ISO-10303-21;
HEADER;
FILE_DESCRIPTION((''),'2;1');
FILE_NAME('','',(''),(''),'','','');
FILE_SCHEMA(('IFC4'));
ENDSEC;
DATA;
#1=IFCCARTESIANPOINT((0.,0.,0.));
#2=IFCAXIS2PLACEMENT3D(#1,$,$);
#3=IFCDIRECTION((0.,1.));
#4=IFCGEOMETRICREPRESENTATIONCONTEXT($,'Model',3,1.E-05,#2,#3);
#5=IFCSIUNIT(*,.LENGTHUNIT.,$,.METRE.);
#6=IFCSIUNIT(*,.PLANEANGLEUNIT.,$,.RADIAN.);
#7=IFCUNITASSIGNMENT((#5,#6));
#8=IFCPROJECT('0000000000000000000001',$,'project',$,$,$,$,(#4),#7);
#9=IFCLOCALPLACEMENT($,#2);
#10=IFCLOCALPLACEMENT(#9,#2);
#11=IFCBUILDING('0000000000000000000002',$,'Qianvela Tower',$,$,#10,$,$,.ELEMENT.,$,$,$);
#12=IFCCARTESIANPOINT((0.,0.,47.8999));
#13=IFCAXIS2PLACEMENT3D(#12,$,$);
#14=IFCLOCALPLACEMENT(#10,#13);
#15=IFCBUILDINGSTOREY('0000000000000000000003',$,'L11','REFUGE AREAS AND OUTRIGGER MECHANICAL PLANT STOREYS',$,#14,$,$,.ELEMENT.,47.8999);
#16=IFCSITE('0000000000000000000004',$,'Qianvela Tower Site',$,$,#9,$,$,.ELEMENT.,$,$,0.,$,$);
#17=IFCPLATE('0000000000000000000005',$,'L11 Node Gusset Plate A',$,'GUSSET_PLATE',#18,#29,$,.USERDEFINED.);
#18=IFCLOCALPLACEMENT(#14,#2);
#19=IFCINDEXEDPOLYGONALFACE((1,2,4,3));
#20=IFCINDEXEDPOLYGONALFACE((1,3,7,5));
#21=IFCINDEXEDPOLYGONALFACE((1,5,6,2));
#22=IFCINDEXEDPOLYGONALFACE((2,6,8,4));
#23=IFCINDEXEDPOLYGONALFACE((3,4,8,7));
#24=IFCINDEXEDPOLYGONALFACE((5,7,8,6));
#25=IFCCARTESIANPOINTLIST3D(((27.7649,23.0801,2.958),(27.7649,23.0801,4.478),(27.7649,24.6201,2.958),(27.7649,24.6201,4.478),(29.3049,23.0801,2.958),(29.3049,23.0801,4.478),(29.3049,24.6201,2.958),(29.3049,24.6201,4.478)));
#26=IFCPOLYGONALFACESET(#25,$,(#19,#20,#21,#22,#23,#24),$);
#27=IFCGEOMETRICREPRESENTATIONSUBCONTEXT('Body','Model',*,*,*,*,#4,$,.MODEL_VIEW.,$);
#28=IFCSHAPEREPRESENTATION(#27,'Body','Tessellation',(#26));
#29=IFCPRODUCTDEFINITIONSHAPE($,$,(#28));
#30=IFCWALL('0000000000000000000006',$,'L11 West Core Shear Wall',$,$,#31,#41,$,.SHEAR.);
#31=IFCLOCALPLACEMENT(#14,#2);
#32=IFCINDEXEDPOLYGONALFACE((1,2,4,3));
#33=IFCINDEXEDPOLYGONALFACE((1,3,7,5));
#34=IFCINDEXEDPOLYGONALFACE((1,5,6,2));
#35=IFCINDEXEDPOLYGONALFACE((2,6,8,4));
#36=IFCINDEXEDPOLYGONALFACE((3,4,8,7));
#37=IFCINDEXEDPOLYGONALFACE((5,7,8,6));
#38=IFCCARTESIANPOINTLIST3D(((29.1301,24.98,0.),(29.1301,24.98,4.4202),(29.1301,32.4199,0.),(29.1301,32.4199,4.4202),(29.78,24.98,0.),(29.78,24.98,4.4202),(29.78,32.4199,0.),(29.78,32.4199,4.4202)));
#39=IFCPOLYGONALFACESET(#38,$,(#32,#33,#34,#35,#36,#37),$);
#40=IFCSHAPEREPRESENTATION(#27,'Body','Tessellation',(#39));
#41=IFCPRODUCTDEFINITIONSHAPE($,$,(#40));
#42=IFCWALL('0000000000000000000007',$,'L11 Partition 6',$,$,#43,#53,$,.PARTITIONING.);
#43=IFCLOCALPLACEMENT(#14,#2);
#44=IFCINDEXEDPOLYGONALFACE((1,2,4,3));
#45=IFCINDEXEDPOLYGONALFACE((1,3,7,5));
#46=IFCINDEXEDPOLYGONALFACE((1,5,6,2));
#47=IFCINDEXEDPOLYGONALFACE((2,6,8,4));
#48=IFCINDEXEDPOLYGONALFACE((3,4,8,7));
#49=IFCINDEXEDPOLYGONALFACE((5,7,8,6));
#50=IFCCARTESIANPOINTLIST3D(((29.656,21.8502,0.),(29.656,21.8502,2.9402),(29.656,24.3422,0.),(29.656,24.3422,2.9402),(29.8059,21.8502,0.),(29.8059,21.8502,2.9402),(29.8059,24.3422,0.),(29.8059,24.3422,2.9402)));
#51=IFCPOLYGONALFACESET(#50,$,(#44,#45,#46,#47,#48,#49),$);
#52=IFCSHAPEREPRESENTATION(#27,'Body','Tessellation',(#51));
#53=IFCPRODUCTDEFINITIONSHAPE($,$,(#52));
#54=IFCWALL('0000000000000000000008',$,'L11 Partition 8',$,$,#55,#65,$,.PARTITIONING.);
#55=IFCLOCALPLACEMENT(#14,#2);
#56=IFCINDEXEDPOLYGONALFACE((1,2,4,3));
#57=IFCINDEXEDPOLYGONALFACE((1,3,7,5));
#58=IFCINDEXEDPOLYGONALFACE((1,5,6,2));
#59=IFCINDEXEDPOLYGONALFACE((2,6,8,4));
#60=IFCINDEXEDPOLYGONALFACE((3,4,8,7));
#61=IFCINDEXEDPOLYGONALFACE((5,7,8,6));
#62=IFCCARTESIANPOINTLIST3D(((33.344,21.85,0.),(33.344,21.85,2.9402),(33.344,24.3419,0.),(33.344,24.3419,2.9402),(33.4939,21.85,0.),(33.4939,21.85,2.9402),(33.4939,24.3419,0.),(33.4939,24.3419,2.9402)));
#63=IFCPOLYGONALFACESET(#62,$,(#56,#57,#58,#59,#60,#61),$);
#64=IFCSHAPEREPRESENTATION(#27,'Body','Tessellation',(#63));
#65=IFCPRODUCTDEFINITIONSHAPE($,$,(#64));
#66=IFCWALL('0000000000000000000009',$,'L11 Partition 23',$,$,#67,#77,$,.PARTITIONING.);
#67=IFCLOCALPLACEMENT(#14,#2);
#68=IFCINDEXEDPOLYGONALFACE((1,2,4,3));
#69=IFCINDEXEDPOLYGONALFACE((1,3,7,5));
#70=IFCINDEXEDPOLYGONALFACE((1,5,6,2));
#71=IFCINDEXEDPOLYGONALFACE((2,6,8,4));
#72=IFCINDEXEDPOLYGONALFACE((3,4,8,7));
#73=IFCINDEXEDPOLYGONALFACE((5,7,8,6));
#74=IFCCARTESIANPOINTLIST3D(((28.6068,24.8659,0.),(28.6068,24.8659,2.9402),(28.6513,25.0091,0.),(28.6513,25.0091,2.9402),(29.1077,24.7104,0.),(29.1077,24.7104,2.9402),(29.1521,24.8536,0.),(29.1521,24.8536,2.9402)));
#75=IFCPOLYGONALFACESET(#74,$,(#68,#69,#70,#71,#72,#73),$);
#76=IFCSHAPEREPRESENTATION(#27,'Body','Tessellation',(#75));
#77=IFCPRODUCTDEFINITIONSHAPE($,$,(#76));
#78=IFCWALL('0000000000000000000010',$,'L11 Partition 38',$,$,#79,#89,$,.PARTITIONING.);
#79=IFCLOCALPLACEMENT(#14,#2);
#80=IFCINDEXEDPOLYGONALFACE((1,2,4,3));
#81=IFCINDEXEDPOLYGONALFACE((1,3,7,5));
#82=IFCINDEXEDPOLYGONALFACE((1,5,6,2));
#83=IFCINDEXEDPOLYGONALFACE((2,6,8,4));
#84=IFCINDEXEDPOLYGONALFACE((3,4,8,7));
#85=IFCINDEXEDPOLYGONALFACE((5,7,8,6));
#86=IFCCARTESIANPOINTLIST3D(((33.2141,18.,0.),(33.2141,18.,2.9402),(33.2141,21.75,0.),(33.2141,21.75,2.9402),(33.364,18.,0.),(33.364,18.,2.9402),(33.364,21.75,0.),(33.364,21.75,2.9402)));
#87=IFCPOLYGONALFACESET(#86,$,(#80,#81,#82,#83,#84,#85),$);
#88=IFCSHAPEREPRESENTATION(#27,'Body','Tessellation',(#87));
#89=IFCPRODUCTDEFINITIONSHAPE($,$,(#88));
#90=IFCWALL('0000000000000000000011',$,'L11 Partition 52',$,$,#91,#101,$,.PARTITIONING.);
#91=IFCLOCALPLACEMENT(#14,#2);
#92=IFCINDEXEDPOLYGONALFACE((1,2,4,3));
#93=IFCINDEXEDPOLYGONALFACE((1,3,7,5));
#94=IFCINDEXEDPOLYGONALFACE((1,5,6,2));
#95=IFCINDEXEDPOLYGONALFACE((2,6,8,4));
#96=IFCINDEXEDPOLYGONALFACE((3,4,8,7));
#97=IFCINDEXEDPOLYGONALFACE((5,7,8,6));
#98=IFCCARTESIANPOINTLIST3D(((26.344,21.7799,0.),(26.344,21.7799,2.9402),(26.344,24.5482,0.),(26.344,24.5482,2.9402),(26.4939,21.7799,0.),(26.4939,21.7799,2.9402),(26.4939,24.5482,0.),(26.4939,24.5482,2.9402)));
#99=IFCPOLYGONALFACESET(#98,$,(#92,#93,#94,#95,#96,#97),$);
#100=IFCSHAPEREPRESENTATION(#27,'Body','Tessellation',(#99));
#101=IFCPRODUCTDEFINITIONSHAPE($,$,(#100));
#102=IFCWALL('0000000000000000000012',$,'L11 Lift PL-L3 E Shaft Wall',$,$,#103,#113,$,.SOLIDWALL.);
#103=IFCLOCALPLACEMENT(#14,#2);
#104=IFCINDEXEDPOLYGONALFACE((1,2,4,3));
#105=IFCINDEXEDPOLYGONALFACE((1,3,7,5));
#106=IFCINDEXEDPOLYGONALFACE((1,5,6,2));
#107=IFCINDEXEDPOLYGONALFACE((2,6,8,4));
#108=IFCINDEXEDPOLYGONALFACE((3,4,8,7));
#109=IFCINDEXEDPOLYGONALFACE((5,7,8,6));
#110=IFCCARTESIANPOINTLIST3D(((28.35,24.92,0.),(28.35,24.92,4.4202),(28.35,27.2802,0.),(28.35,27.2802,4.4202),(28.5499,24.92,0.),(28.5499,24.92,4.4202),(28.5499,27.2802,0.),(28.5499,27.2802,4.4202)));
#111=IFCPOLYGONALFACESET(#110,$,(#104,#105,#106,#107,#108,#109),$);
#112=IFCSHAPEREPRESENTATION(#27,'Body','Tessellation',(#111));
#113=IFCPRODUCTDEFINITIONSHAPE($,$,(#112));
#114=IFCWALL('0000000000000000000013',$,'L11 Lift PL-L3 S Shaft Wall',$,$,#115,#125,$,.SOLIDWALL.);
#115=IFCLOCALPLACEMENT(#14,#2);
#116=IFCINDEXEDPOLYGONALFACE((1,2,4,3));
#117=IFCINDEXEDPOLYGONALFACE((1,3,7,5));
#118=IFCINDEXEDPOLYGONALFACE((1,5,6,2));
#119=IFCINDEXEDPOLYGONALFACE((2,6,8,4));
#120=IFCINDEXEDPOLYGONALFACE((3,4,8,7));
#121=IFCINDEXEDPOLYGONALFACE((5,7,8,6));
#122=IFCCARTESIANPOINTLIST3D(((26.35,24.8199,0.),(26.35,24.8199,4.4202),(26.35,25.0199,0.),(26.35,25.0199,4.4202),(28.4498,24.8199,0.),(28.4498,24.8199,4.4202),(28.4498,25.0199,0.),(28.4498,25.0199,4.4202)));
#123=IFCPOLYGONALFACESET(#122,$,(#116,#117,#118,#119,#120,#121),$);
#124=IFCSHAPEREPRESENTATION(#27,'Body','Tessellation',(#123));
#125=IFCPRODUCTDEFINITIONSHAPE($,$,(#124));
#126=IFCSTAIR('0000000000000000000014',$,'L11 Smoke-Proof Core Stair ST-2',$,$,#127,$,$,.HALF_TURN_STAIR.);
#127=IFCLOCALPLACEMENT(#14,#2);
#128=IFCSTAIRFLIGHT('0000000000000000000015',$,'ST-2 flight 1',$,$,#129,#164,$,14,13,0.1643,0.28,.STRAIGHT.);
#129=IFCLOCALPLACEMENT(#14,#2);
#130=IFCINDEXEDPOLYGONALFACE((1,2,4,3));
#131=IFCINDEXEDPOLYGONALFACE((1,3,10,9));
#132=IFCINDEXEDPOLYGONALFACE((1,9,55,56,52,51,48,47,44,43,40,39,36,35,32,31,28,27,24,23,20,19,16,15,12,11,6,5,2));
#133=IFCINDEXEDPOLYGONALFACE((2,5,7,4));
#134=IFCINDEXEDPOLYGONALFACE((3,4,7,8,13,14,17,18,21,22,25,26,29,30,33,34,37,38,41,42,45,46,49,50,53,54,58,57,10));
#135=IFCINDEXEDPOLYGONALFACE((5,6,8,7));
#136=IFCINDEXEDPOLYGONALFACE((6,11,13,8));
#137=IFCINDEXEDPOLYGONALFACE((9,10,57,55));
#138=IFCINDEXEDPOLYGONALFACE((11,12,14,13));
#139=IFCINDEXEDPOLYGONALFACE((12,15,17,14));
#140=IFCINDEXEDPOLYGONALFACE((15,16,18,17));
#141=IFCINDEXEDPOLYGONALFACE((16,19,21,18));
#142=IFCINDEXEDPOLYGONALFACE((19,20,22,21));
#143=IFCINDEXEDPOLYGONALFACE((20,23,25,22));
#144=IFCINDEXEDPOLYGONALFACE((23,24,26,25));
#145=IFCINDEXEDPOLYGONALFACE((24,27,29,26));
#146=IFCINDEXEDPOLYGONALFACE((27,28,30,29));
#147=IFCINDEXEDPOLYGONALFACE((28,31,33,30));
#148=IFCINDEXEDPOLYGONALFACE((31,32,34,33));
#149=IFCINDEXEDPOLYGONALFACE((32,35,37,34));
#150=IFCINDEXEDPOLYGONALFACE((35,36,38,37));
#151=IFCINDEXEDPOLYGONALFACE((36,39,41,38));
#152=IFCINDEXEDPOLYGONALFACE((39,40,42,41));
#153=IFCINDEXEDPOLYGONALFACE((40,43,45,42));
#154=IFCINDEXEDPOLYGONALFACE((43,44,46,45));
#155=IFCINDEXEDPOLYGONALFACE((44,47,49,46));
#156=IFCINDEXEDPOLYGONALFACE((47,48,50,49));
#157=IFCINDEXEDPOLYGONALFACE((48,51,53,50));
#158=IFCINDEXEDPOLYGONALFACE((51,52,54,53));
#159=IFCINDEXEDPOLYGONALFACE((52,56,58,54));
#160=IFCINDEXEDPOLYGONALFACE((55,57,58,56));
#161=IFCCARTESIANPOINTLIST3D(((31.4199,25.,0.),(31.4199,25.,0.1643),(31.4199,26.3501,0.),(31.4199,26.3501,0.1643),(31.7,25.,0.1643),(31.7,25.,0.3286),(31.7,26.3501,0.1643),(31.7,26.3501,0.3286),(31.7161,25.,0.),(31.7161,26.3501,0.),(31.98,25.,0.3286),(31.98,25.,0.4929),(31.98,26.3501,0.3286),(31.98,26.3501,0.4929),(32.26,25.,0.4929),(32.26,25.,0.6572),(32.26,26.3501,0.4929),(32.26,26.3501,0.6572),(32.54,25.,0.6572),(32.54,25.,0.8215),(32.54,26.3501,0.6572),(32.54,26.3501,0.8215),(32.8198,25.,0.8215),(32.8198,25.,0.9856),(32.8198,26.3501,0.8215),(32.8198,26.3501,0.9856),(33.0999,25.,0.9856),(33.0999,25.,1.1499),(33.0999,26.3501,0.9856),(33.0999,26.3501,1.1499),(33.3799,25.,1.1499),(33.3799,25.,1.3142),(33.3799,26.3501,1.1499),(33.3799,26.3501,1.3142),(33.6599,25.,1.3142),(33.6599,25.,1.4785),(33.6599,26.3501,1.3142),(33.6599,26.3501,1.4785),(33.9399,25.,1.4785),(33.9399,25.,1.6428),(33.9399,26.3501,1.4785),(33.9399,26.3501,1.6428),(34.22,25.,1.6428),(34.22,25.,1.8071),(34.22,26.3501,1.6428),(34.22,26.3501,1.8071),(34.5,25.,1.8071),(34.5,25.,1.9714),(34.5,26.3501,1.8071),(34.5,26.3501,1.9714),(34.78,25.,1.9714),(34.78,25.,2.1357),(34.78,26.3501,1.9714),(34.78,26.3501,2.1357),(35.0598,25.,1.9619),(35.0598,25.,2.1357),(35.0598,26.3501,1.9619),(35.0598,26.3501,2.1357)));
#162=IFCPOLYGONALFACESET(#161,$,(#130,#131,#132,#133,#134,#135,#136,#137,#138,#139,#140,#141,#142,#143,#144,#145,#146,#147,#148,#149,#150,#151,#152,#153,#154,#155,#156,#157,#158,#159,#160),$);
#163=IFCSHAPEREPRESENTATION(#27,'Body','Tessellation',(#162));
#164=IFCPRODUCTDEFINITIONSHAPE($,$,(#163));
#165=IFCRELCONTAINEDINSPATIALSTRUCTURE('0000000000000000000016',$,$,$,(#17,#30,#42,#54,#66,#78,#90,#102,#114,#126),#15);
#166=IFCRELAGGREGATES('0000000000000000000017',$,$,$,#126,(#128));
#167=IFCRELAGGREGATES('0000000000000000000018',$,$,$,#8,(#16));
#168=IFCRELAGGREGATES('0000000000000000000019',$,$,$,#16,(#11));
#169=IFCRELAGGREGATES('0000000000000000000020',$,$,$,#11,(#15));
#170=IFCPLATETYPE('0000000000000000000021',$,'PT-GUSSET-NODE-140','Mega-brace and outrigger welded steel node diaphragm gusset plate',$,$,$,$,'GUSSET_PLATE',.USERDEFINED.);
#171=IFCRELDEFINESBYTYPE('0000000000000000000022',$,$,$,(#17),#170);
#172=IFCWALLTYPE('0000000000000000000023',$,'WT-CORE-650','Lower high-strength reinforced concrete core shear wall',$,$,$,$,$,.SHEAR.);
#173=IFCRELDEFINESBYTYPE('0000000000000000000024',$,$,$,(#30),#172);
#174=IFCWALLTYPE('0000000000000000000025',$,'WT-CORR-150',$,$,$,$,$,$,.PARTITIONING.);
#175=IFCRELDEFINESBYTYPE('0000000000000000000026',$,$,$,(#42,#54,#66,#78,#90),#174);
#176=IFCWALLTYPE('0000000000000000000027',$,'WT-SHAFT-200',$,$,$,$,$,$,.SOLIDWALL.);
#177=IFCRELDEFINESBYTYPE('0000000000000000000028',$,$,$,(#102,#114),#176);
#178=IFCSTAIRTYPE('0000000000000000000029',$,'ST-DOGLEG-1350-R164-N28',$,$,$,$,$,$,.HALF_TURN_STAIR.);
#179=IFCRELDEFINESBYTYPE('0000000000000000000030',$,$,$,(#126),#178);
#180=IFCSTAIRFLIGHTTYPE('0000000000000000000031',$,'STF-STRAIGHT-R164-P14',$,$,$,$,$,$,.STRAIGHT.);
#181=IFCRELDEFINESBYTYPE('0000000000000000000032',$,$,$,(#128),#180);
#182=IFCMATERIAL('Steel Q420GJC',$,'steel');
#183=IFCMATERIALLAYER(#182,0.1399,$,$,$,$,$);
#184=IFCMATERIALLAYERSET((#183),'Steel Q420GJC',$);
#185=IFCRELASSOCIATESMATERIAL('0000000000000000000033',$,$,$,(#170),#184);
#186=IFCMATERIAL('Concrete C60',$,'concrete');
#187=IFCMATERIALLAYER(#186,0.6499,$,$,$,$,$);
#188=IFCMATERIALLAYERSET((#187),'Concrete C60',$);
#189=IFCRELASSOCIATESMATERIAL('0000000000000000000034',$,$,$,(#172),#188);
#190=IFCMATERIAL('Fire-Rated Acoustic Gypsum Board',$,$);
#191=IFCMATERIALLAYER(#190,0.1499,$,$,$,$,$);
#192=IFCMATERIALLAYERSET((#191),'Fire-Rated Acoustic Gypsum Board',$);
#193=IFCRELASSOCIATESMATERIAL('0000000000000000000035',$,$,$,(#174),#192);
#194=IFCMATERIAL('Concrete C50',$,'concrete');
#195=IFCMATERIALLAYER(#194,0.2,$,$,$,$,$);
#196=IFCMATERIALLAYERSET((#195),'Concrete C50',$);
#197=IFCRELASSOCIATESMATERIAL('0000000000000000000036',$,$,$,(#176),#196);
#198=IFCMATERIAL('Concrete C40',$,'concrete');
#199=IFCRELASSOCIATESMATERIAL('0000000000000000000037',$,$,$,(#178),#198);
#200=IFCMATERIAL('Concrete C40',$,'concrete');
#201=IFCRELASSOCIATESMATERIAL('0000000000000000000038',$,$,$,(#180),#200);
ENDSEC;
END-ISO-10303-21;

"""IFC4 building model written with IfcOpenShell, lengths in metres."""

from ifc_helpers import new_model, si_unit, direction, frame, frame_2d, origin, origin_2d, place, context, subcontext, project, spatial, polyline, rectangle, outline, extrude, material, layer, layer_set, type_object, element, aggregate, save


model = new_model("IFC4")

# Units and contexts
model_context = context("Model", 3, precision=1e-05, world=origin(), true_north=direction((0.0, 1.0)))
body_context = subcontext(model_context, "Body", "Model", "MODEL_VIEW")
ifc_project = project(units=[si_unit("LENGTHUNIT", "METRE"), si_unit("PLANEANGLEUNIT", "RADIAN")], contexts=[model_context])

# Site, building, storey
site_placement = place(None, origin())
site = spatial("IfcSite", under=ifc_project, at=site_placement, Name="Qianvela Tower Site", CompositionType="ELEMENT", RefElevation=0.0)
building_placement = place(site_placement, origin())
building = spatial("IfcBuilding", under=site, at=building_placement, Name="Qianvela Tower", CompositionType="ELEMENT")
storey_placement = place(building_placement, frame((0.0, 0.0, 47.8999)))
storey = spatial("IfcBuildingStorey", under=building, at=storey_placement, Name="L11", Description="REFUGE AREAS AND OUTRIGGER MECHANICAL PLANT STOREYS", CompositionType="ELEMENT", Elevation=47.8999)

# Plate
ifc_material_1 = material(Name="Steel Q420GJC", Category="steel")
ifc_layer_1 = layer(ifc_material_1, 0.1399)
ifc_layer_set_1 = layer_set([ifc_layer_1], Name="Steel Q420GJC")
plate_type = type_object("IfcPlateType", Name="PT-GUSSET-NODE-140", Description="Mega-brace and outrigger welded steel node diaphragm gusset plate", ElementType="GUSSET_PLATE", PredefinedType="USERDEFINED", material=ifc_layer_set_1)
plate_placement = place(storey_placement, frame((28.5349, 23.8501, 2.958), z_axis=(0.0, 0.0, 1.0), x_axis=(1.0, 0.0, 0.0)))
element("IfcPlate", 1, at=plate_placement, inside=storey, type_object=plate_type, Name="L11 Node Gusset Plate A", ObjectType="GUSSET_PLATE", PredefinedType="USERDEFINED", context=body_context, shape_type="SweptSolid", body=[
    extrude(rectangle(XDim=1.54, YDim=1.54, at=origin_2d()), origin(), (0.0, 0.0, 1.0), 1.52),
])

# Shared definitions
ifc_material_2 = material(Name="Concrete C60", Category="concrete")
ifc_layer_2 = layer(ifc_material_2, 0.6499)
ifc_layer_set_2 = layer_set([ifc_layer_2], Name="Concrete C60")
wall_type_1 = type_object("IfcWallType", Name="WT-CORE-650", Description="Lower high-strength reinforced concrete core shear wall", PredefinedType="SHEAR", material=ifc_layer_set_2)

# Wall
wall_1_placement = place(storey_placement, frame((29.4551, 24.98, 0.0), z_axis=(0.0, 0.0, 1.0), x_axis=(0.0, 1.0, 0.0)))
element("IfcWall", 2, at=wall_1_placement, inside=storey, type_object=wall_type_1, Name="L11 West Core Shear Wall", PredefinedType="SHEAR", context=body_context, shape_type="SweptSolid", body=[
    extrude(rectangle(XDim=7.4399, YDim=0.6499, at=frame_2d((3.72, 0.0))), origin(), (0.0, 0.0, 1.0), 4.4202),
])

# Shared definitions
ifc_material_3 = material(Name="Fire-Rated Acoustic Gypsum Board")
ifc_layer_3 = layer(ifc_material_3, 0.1499)
ifc_layer_set_3 = layer_set([ifc_layer_3], Name="Fire-Rated Acoustic Gypsum Board")
wall_type_2 = type_object("IfcWallType", Name="WT-CORR-150", PredefinedType="PARTITIONING", material=ifc_layer_set_3)

# Walls
for number, where, z_axis, x_axis, name in (
    (3, (29.731, 21.8501, 0.0), (0.0, 0.0, 1.0), (0.0, 1.0, 0.0), "L11 Partition 6"),
    (4, (33.4189, 24.342, 0.0), (0.0, 0.0, 1.0), (0.0, -1.0, 0.0), "L11 Partition 8"),
):
    element("IfcWall", number, at=place(storey_placement, frame(where, z_axis=z_axis, x_axis=x_axis)), inside=storey, type_object=wall_type_2, Name=name, PredefinedType="PARTITIONING", context=body_context, shape_type="SweptSolid", body=[
        extrude(rectangle(XDim=2.4919, YDim=0.1499, at=frame_2d((1.2461, 0.0))), origin(), (0.0, 0.0, 1.0), 2.9402),
    ])
wall_2_placement = place(storey_placement, frame((29.1299, 24.782, 0.0), z_axis=(0.0, 0.0, 1.0), x_axis=(-0.955, 0.296604, 0.0)))
element("IfcWall", 5, at=wall_2_placement, inside=storey, type_object=wall_type_2, Name="L11 Partition 23", PredefinedType="PARTITIONING", context=body_context, shape_type="SweptSolid", body=[
    extrude(rectangle(XDim=0.5244, YDim=0.1499, at=frame_2d((0.2622, 0.0))), origin(), (0.0, 0.0, 1.0), 2.9402),
])
wall_3_placement = place(storey_placement, frame((33.2891, 21.75, 0.0), z_axis=(0.0, 0.0, 1.0), x_axis=(0.0, -1.0, 0.0)))
element("IfcWall", 6, at=wall_3_placement, inside=storey, type_object=wall_type_2, Name="L11 Partition 38", PredefinedType="PARTITIONING", context=body_context, shape_type="SweptSolid", body=[
    extrude(rectangle(XDim=3.75, YDim=0.1499, at=frame_2d((1.875, 0.0))), origin(), (0.0, 0.0, 1.0), 2.9402),
])
wall_4_placement = place(storey_placement, frame((26.4189, 24.5483, 0.0), z_axis=(0.0, 0.0, 1.0), x_axis=(0.0, -1.0, 0.0)))
element("IfcWall", 7, at=wall_4_placement, inside=storey, type_object=wall_type_2, Name="L11 Partition 52", PredefinedType="PARTITIONING", context=body_context, shape_type="SweptSolid", body=[
    extrude(rectangle(XDim=2.7683, YDim=0.1499, at=frame_2d((1.3843, 0.0))), origin(), (0.0, 0.0, 1.0), 2.9402),
])
ifc_material_4 = material(Name="Concrete C50", Category="concrete")
ifc_layer_4 = layer(ifc_material_4, 0.2)
ifc_layer_set_4 = layer_set([ifc_layer_4], Name="Concrete C50")
wall_type_3 = type_object("IfcWallType", Name="WT-SHAFT-200", PredefinedType="SOLIDWALL", material=ifc_layer_set_4)
wall_5_placement = place(storey_placement, frame((28.45, 24.9199, 0.0), z_axis=(0.0, 0.0, 1.0), x_axis=(0.0, 1.0, 0.0)))
element("IfcWall", 8, at=wall_5_placement, inside=storey, type_object=wall_type_3, Name="L11 Lift PL-L3 E Shaft Wall", PredefinedType="SOLIDWALL", context=body_context, shape_type="SweptSolid", body=[
    extrude(rectangle(XDim=2.3601, YDim=0.2, at=frame_2d((1.1802, 0.0))), origin(), (0.0, 0.0, 1.0), 4.4202),
])

# Wall
wall_6_placement = place(storey_placement, frame((26.3501, 24.9199, 0.0), z_axis=(0.0, 0.0, 1.0), x_axis=(1.0, 0.0, 0.0)))
element("IfcWall", 9, at=wall_6_placement, inside=storey, type_object=wall_type_3, Name="L11 Lift PL-L3 S Shaft Wall", PredefinedType="SOLIDWALL", context=body_context, shape_type="SweptSolid", body=[
    extrude(rectangle(XDim=2.0999, YDim=0.2, at=frame_2d((1.0498, 0.0))), origin(), (0.0, 0.0, 1.0), 4.4202),
])

# Stair, stair flight
ifc_material_5 = material(Name="Concrete C40", Category="concrete")
stair_type = type_object("IfcStairType", Name="ST-DOGLEG-1350-R164-N28", PredefinedType="HALF_TURN_STAIR", material=ifc_material_5)
stair_placement = place(storey_placement, origin())
stair = element("IfcStair", 10, at=stair_placement, inside=storey, type_object=stair_type, Name="L11 Smoke-Proof Core Stair ST-2", PredefinedType="HALF_TURN_STAIR")
ifc_material_6 = material(Name="Concrete C40", Category="concrete")
stair_flight_type = type_object("IfcStairFlightType", Name="STF-STRAIGHT-R164-P14", PredefinedType="STRAIGHT", material=ifc_material_6)
stair_flight_placement = place(storey_placement, frame((31.4199, 25.675, 0.0), z_axis=(0.0, 0.0, 1.0), x_axis=(1.0, 0.0, 0.0)))
stair_flight = element("IfcStairFlight", 11, at=stair_flight_placement, type_object=stair_flight_type, Name="ST-2 flight 1", NumberOfRisers=14, NumberOfTreads=13, PredefinedType="STRAIGHT", RiserHeight=0.1643, TreadLength=0.28, context=body_context, shape_type="SweptSolid", body=[
    extrude(outline(polyline([(0.0, 0.0), (0.0, 0.1643), (0.28, 0.1643), (0.28, 0.3286), (0.5601, 0.3286), (0.5601, 0.4929), (0.8401, 0.4929), (0.8401, 0.6572), (1.1201, 0.6572), (1.1201, 0.8215), (1.3999, 0.8215), (1.3999, 0.9856), (1.6799, 0.9856), (1.6799, 1.1499), (1.96, 1.1499), (1.96, 1.3142), (2.24, 1.3142), (2.24, 1.4785), (2.52, 1.4785), (2.52, 1.6428), (2.8, 1.6428), (2.8, 1.8071), (3.0801, 1.8071), (3.0801, 1.9714), (3.3601, 1.9714), (3.3601, 2.1357), (3.6399, 2.1357), (3.6399, 2.3), (3.6399, 1.9619), (0.2961, 0.0), (0.0, 0.0)])), frame((0.0, 0.675, 0.0), z_axis=(0.0, -1.0, 0.0), x_axis=(1.0, 0.0, 0.0)), (0.0, 0.0, 1.0), 1.3501),
])
aggregate(stair, [stair_flight])

save(model, "model.ifc")
